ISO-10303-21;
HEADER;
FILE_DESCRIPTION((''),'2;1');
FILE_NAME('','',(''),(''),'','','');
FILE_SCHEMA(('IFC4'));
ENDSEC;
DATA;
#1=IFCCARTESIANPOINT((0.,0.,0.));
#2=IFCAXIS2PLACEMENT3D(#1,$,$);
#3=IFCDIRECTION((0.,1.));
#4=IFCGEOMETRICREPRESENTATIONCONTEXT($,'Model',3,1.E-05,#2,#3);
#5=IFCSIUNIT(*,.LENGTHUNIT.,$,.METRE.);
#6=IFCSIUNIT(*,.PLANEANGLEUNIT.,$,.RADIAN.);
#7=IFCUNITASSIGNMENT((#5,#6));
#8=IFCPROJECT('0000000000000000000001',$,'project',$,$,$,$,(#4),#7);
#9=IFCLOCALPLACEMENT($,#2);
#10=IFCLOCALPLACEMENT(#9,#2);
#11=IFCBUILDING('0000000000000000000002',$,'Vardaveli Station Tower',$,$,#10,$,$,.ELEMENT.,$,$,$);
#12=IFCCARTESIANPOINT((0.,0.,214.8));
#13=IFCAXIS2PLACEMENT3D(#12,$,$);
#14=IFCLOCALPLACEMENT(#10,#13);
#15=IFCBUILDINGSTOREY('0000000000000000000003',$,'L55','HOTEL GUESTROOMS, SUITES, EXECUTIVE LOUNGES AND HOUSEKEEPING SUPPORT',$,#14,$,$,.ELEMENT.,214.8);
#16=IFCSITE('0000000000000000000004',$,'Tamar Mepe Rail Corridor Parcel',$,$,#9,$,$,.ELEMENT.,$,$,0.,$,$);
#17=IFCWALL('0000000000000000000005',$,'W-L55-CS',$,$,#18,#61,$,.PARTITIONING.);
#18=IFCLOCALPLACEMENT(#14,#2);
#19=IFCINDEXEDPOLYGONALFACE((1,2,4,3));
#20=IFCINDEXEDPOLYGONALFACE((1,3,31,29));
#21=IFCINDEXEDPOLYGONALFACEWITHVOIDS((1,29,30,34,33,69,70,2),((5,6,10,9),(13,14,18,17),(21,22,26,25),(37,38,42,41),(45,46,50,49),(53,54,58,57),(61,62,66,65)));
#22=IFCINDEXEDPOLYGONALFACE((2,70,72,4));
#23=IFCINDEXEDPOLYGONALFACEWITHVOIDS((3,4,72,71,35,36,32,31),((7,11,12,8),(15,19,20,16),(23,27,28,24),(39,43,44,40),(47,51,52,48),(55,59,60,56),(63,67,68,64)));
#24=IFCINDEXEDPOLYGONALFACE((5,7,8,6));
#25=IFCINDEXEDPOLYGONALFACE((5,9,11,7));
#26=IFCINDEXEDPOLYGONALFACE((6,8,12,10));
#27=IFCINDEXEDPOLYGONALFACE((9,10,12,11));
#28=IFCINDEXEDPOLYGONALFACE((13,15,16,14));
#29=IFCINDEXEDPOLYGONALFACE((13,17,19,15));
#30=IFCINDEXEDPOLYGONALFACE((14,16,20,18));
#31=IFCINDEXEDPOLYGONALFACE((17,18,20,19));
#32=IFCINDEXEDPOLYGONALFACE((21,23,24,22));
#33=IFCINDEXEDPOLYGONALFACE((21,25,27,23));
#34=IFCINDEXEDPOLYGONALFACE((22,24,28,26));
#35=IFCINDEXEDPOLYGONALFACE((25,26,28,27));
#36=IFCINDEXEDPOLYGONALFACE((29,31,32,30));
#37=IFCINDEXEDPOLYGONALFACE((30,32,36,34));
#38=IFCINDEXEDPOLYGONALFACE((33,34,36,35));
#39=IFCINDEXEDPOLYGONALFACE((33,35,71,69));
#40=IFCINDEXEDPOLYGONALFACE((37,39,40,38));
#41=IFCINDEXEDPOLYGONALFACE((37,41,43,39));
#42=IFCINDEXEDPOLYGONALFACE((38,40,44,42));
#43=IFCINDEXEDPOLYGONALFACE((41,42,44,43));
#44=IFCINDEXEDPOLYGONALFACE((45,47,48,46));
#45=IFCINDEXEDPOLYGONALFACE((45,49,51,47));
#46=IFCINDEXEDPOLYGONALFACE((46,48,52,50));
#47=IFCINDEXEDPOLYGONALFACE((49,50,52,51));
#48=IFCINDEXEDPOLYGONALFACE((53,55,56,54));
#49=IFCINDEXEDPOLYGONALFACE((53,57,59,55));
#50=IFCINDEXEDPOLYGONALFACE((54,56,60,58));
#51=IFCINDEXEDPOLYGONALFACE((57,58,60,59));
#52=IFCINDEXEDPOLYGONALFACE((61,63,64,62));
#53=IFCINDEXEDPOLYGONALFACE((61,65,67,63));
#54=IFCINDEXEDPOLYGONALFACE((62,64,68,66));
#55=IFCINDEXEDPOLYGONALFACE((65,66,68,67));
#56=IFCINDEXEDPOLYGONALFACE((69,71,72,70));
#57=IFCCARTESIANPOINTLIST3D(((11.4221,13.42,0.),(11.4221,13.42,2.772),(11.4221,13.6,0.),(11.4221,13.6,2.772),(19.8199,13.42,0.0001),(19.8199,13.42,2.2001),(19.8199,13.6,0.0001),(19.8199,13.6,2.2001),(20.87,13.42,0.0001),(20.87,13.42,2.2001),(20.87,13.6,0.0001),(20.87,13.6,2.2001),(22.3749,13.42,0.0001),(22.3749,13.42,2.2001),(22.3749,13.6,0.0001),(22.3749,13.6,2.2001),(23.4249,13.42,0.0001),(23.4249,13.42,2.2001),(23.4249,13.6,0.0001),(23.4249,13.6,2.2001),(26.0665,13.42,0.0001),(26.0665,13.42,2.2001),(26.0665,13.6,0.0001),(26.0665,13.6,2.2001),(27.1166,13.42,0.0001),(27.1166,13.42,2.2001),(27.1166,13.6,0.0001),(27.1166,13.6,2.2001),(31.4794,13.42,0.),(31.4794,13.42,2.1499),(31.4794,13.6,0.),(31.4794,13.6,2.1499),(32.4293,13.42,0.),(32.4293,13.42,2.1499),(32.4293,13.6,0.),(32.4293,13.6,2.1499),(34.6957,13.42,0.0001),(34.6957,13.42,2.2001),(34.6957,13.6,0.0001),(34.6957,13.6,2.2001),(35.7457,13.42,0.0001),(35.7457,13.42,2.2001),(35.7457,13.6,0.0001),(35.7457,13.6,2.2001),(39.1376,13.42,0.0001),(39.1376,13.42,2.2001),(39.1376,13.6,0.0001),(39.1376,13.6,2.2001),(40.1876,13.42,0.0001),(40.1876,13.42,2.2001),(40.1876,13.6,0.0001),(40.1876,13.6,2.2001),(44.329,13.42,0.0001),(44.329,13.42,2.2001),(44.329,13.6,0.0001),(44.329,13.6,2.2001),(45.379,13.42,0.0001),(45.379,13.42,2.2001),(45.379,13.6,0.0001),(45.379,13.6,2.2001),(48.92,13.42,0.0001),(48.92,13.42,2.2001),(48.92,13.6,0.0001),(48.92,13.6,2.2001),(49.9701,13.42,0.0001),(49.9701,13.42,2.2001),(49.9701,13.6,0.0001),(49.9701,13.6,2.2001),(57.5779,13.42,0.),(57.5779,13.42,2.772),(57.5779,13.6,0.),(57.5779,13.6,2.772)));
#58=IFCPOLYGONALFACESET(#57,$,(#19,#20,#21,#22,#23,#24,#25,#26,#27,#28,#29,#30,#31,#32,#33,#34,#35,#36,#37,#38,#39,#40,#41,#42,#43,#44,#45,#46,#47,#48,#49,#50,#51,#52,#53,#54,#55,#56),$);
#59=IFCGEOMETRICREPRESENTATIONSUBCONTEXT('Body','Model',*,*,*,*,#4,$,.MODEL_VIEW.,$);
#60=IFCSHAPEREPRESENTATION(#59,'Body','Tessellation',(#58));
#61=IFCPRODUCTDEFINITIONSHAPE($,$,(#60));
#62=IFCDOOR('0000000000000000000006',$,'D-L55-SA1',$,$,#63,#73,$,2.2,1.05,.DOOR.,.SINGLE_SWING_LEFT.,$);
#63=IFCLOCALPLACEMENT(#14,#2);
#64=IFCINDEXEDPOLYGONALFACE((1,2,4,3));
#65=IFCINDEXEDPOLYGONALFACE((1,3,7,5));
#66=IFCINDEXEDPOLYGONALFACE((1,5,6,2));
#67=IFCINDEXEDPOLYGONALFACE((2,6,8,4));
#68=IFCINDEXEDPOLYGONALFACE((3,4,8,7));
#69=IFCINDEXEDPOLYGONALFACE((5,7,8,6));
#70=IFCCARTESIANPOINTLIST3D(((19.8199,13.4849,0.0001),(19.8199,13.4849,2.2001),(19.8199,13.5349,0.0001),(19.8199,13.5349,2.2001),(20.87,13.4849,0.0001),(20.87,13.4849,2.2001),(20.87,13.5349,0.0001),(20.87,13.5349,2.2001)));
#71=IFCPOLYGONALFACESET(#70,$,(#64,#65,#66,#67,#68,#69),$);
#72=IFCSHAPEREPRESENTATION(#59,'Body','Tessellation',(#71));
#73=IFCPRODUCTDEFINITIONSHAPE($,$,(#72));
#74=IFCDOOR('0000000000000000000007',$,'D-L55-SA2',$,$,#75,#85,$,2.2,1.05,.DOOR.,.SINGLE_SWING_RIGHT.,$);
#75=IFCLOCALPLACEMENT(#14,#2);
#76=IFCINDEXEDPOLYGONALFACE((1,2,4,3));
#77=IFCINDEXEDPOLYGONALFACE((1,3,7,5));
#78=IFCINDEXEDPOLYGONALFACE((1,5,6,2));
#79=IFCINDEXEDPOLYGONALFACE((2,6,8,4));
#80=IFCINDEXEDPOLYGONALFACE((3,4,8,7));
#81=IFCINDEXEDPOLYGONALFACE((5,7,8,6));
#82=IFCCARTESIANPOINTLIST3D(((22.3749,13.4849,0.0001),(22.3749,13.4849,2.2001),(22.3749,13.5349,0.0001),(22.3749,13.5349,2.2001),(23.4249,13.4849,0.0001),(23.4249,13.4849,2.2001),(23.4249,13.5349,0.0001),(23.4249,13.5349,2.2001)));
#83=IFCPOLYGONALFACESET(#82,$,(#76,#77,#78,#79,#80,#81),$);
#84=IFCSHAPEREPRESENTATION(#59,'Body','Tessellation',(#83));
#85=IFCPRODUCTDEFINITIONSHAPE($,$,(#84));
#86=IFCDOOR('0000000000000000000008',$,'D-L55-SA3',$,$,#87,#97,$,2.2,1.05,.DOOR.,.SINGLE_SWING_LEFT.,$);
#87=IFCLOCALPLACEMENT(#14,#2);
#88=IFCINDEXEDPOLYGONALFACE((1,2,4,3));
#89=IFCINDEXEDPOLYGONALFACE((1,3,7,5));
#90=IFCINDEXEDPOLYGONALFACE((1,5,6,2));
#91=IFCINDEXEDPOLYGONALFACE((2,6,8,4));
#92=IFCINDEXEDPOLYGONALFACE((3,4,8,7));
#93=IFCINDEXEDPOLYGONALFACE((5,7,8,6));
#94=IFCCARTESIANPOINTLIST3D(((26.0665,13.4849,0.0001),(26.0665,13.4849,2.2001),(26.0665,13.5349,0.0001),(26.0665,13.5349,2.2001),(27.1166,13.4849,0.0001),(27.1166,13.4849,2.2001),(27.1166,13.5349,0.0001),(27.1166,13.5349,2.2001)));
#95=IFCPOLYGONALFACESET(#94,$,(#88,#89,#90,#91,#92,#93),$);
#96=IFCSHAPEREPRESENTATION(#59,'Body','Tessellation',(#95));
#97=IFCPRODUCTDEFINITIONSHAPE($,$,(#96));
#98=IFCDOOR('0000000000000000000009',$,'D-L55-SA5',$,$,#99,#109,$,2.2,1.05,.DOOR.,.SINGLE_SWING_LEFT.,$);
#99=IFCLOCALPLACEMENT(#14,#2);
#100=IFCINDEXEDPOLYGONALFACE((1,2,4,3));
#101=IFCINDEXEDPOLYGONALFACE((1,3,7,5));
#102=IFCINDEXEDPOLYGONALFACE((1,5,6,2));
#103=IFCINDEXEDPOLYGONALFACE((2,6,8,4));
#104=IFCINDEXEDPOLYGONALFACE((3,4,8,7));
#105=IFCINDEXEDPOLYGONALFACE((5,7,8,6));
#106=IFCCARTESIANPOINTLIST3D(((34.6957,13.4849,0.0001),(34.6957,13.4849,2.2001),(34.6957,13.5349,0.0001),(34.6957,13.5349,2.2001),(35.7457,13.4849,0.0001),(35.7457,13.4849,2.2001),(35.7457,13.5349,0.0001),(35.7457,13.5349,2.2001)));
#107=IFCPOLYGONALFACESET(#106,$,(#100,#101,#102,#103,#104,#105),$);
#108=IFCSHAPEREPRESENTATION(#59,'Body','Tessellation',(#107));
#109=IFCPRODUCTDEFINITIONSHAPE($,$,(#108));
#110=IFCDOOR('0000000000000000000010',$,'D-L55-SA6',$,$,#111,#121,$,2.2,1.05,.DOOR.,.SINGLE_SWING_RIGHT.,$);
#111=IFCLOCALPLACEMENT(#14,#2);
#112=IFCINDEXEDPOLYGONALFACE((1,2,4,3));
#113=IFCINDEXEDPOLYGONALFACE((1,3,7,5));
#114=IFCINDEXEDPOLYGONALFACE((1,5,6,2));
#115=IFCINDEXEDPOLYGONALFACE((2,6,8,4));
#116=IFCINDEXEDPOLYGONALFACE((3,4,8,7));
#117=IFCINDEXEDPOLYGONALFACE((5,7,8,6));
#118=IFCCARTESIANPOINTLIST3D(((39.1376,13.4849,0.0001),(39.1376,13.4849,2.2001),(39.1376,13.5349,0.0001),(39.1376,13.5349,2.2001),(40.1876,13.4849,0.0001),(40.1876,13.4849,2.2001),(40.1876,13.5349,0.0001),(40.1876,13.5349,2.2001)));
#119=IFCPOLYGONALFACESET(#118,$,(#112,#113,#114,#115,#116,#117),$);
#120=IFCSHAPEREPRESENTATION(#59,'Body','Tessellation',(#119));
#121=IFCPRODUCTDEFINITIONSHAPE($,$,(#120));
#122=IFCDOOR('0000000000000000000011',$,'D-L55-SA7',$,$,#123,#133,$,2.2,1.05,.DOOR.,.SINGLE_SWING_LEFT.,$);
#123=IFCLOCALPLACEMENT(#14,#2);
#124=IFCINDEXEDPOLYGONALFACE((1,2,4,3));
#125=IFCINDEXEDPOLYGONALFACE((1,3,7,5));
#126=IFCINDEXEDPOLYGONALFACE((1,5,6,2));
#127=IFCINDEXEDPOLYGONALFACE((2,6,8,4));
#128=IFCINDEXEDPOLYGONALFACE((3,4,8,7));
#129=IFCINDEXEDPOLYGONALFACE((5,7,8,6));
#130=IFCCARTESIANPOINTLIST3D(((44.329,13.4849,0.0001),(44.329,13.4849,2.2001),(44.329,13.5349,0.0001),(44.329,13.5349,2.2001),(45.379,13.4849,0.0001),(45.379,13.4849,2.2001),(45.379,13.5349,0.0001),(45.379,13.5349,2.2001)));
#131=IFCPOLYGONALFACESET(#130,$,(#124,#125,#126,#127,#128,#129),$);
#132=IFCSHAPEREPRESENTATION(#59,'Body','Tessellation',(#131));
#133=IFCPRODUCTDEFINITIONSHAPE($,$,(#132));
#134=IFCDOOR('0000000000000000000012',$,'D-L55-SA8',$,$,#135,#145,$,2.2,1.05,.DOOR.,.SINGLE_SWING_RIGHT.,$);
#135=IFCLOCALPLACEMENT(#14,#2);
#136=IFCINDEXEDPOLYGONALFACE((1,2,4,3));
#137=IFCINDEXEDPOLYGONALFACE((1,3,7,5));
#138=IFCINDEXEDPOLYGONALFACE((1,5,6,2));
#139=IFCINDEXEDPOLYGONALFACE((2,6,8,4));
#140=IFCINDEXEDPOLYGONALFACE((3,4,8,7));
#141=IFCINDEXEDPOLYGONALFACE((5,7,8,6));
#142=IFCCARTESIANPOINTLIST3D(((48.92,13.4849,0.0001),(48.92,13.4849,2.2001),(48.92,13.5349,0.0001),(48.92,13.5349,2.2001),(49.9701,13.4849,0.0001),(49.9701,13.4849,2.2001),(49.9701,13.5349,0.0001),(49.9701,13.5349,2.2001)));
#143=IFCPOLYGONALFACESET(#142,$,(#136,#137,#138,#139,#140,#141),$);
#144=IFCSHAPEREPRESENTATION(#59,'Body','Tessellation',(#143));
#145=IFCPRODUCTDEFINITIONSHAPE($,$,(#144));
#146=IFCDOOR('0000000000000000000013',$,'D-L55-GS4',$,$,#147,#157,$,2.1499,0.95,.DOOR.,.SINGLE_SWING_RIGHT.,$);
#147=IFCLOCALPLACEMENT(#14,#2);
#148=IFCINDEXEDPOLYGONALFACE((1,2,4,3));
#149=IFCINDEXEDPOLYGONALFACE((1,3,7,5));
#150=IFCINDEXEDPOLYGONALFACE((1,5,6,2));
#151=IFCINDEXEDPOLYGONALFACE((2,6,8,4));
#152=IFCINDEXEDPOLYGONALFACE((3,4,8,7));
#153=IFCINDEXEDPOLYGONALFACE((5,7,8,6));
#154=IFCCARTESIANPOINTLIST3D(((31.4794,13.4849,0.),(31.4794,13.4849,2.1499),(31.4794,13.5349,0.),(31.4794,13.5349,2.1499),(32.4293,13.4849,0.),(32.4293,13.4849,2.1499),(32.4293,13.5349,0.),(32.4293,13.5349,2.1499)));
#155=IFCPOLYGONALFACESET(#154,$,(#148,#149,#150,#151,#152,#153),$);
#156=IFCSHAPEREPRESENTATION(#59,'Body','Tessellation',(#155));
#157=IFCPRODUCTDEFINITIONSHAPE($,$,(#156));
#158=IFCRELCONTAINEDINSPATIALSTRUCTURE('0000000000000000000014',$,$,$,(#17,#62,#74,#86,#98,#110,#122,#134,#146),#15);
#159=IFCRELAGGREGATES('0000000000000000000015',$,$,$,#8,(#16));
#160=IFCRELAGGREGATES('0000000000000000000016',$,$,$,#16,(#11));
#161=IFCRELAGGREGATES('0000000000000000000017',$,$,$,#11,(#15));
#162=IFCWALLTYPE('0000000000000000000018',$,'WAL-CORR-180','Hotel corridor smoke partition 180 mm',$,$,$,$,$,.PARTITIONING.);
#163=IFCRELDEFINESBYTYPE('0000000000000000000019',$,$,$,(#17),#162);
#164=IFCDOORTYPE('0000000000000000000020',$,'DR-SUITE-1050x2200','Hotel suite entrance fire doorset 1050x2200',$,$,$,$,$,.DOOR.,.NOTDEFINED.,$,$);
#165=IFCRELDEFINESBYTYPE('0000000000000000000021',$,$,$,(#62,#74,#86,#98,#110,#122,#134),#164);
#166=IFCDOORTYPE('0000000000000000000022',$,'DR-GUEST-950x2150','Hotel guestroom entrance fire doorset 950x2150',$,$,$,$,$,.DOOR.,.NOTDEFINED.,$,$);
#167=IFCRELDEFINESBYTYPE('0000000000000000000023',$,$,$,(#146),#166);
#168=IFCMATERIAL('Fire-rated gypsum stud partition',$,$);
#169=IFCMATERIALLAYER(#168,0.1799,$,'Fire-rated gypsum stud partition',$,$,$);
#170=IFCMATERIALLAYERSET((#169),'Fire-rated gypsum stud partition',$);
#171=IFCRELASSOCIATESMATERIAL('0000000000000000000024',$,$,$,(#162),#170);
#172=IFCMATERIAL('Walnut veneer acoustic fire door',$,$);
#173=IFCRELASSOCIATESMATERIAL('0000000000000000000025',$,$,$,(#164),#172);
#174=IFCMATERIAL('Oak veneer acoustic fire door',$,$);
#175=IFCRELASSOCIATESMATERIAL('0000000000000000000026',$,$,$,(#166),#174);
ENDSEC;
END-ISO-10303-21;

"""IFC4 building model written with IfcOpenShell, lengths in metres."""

from ifc_helpers import new_model, si_unit, direction, frame, frame_2d, origin, place, context, subcontext, project, spatial, rectangle, extrude, source, transform, mapped, material, layer, layer_set, type_object, element, fill, save


model = new_model("IFC4")

# Units and contexts
model_context = context("Model", 3, precision=1e-05, world=origin(), true_north=direction((0.0, 1.0)))
body_context = subcontext(model_context, "Body", "Model", "MODEL_VIEW")
ifc_project = project(units=[si_unit("LENGTHUNIT", "METRE"), si_unit("PLANEANGLEUNIT", "RADIAN")], contexts=[model_context])

# Site, building, storey
site_placement = place(None, origin())
site = spatial("IfcSite", under=ifc_project, at=site_placement, Name="Tamar Mepe Rail Corridor Parcel", CompositionType="ELEMENT", RefElevation=0.0)
building_placement = place(site_placement, origin())
building = spatial("IfcBuilding", under=site, at=building_placement, Name="Vardaveli Station Tower", CompositionType="ELEMENT")
storey_placement = place(building_placement, frame((0.0, 0.0, 214.8)))
storey = spatial("IfcBuildingStorey", under=building, at=storey_placement, Name="L55", Description="HOTEL GUESTROOMS, SUITES, EXECUTIVE LOUNGES AND HOUSEKEEPING SUPPORT", CompositionType="ELEMENT", Elevation=214.8)

# Wall, openings, doors
ifc_material_1 = material(Name="Fire-rated gypsum stud partition")
ifc_layer_1 = layer(ifc_material_1, 0.1799, Name="Fire-rated gypsum stud partition")
ifc_layer_set_1 = layer_set([ifc_layer_1], Name="Fire-rated gypsum stud partition")
wall_type_1 = type_object("IfcWallType", Name="WAL-CORR-180", Description="Hotel corridor smoke partition 180 mm", PredefinedType="PARTITIONING", material=ifc_layer_set_1)
shared_shape_1 = source(origin(), body_context, "Body", "SweptSolid", [
    extrude(rectangle(XDim=46.1558, YDim=0.1799, at=frame_2d((23.0779, 0.0))), origin(), (0.0, 0.0, 1.0), 2.772),
])
wall_1_placement = place(storey_placement, frame((11.4221, 13.51, 0.0), z_axis=(0.0, 0.0, 1.0), x_axis=(1.0, 0.0, 0.0)))
wall_1 = element("IfcWall", 1, at=wall_1_placement, inside=storey, type_object=wall_type_1, Name="W-L55-CS", PredefinedType="PARTITIONING", context=body_context, shape_type="MappedRepresentation", body=[
    mapped(shared_shape_1, transform((0.0, 0.0, 0.0), scale=1.0)),
])
shared_shape_2 = source(origin(), body_context, "Body", "SweptSolid", [
    extrude(rectangle(XDim=1.05, YDim=2.2, at=frame_2d((0.5249, 1.1001))), frame((0.0, 0.1001, 0.0), z_axis=(0.0, -1.0, 0.0), x_axis=(1.0, 0.0, 0.0)), (0.0, 0.0, 1.0), 0.2),
])
opening_1_placement = place(wall_1_placement, frame((8.3979, 0.0, 0.0)))
opening_1 = element("IfcOpeningElement", 2, at=opening_1_placement, cuts=wall_1, PredefinedType="OPENING", context=body_context, shape_type="MappedRepresentation", body=[
    mapped(shared_shape_2, transform((0.0, 0.0, 0.0), scale=1.0)),
])
opening_2_placement = place(wall_1_placement, frame((10.9529, 0.0, 0.0)))
opening_2 = element("IfcOpeningElement", 3, at=opening_2_placement, cuts=wall_1, PredefinedType="OPENING", context=body_context, shape_type="MappedRepresentation", body=[
    mapped(shared_shape_2, transform((0.0, 0.0, 0.0), scale=1.0)),
])
opening_3_placement = place(wall_1_placement, frame((14.6445, 0.0, 0.0)))
opening_3 = element("IfcOpeningElement", 4, at=opening_3_placement, cuts=wall_1, PredefinedType="OPENING", context=body_context, shape_type="MappedRepresentation", body=[
    mapped(shared_shape_2, transform((0.0, 0.0, 0.0), scale=1.0)),
])
shared_shape_3 = source(origin(), body_context, "Body", "SweptSolid", [
    extrude(rectangle(XDim=0.95, YDim=2.1499, at=frame_2d((0.4751, 1.075))), frame((0.0, 0.1001, 0.0), z_axis=(0.0, -1.0, 0.0), x_axis=(1.0, 0.0, 0.0)), (0.0, 0.0, 1.0), 0.2),
])
opening_4_placement = place(wall_1_placement, frame((20.0571, 0.0, 0.0)))
opening_4 = element("IfcOpeningElement", 5, at=opening_4_placement, cuts=wall_1, PredefinedType="OPENING", context=body_context, shape_type="MappedRepresentation", body=[
    mapped(shared_shape_3, transform((0.0, 0.0, 0.0), scale=1.0)),
])
opening_5_placement = place(wall_1_placement, frame((23.2737, 0.0, 0.0)))
opening_5 = element("IfcOpeningElement", 6, at=opening_5_placement, cuts=wall_1, PredefinedType="OPENING", context=body_context, shape_type="MappedRepresentation", body=[
    mapped(shared_shape_2, transform((0.0, 0.0, 0.0), scale=1.0)),
])
opening_6_placement = place(wall_1_placement, frame((27.7156, 0.0, 0.0)))
opening_6 = element("IfcOpeningElement", 7, at=opening_6_placement, cuts=wall_1, PredefinedType="OPENING", context=body_context, shape_type="MappedRepresentation", body=[
    mapped(shared_shape_2, transform((0.0, 0.0, 0.0), scale=1.0)),
])
opening_7_placement = place(wall_1_placement, frame((32.907, 0.0, 0.0)))
opening_7 = element("IfcOpeningElement", 8, at=opening_7_placement, cuts=wall_1, PredefinedType="OPENING", context=body_context, shape_type="MappedRepresentation", body=[
    mapped(shared_shape_2, transform((0.0, 0.0, 0.0), scale=1.0)),
])
opening_8_placement = place(wall_1_placement, frame((37.498, 0.0, 0.0)))
opening_8 = element("IfcOpeningElement", 9, at=opening_8_placement, cuts=wall_1, PredefinedType="OPENING", context=body_context, shape_type="MappedRepresentation", body=[
    mapped(shared_shape_2, transform((0.0, 0.0, 0.0), scale=1.0)),
])
ifc_material_2 = material(Name="Walnut veneer acoustic fire door")
door_type_1 = type_object("IfcDoorType", Name="DR-SUITE-1050x2200", Description="Hotel suite entrance fire doorset 1050x2200", OperationType="NOTDEFINED", PredefinedType="DOOR", material=ifc_material_2)
shared_shape_4 = source(origin(), body_context, "Body", "SweptSolid", [
    extrude(rectangle(XDim=1.05, YDim=2.2, at=frame_2d((0.5249, 1.1001))), frame((0.0, 0.0249, 0.0), z_axis=(0.0, -1.0, 0.0), x_axis=(1.0, 0.0, 0.0)), (0.0, 0.0, 1.0), 0.05),
])
door_1_placement = place(opening_1_placement, origin())
door_1 = element("IfcDoor", 10, at=door_1_placement, inside=storey, type_object=door_type_1, Name="D-L55-SA1", OperationType="SINGLE_SWING_LEFT", OverallHeight=2.2, OverallWidth=1.05, PredefinedType="DOOR", context=body_context, shape_type="MappedRepresentation", body=[
    mapped(shared_shape_4, transform((0.0, 0.0, 0.0), scale=1.0)),
])
fill(opening_1, door_1)
door_2_placement = place(opening_2_placement, origin())
door_2 = element("IfcDoor", 11, at=door_2_placement, inside=storey, type_object=door_type_1, Name="D-L55-SA2", OperationType="SINGLE_SWING_RIGHT", OverallHeight=2.2, OverallWidth=1.05, PredefinedType="DOOR", context=body_context, shape_type="MappedRepresentation", body=[
    mapped(shared_shape_4, transform((0.0, 0.0, 0.0), scale=1.0)),
])
fill(opening_2, door_2)
door_3_placement = place(opening_3_placement, origin())
door_3 = element("IfcDoor", 12, at=door_3_placement, inside=storey, type_object=door_type_1, Name="D-L55-SA3", OperationType="SINGLE_SWING_LEFT", OverallHeight=2.2, OverallWidth=1.05, PredefinedType="DOOR", context=body_context, shape_type="MappedRepresentation", body=[
    mapped(shared_shape_4, transform((0.0, 0.0, 0.0), scale=1.0)),
])
fill(opening_3, door_3)
door_4_placement = place(opening_5_placement, origin())
door_4 = element("IfcDoor", 13, at=door_4_placement, inside=storey, type_object=door_type_1, Name="D-L55-SA5", OperationType="SINGLE_SWING_LEFT", OverallHeight=2.2, OverallWidth=1.05, PredefinedType="DOOR", context=body_context, shape_type="MappedRepresentation", body=[
    mapped(shared_shape_4, transform((0.0, 0.0, 0.0), scale=1.0)),
])
fill(opening_5, door_4)
door_5_placement = place(opening_6_placement, origin())
door_5 = element("IfcDoor", 14, at=door_5_placement, inside=storey, type_object=door_type_1, Name="D-L55-SA6", OperationType="SINGLE_SWING_RIGHT", OverallHeight=2.2, OverallWidth=1.05, PredefinedType="DOOR", context=body_context, shape_type="MappedRepresentation", body=[
    mapped(shared_shape_4, transform((0.0, 0.0, 0.0), scale=1.0)),
])
fill(opening_6, door_5)
door_6_placement = place(opening_7_placement, origin())
door_6 = element("IfcDoor", 15, at=door_6_placement, inside=storey, type_object=door_type_1, Name="D-L55-SA7", OperationType="SINGLE_SWING_LEFT", OverallHeight=2.2, OverallWidth=1.05, PredefinedType="DOOR", context=body_context, shape_type="MappedRepresentation", body=[
    mapped(shared_shape_4, transform((0.0, 0.0, 0.0), scale=1.0)),
])
fill(opening_7, door_6)
door_7_placement = place(opening_8_placement, origin())
door_7 = element("IfcDoor", 16, at=door_7_placement, inside=storey, type_object=door_type_1, Name="D-L55-SA8", OperationType="SINGLE_SWING_RIGHT", OverallHeight=2.2, OverallWidth=1.05, PredefinedType="DOOR", context=body_context, shape_type="MappedRepresentation", body=[
    mapped(shared_shape_4, transform((0.0, 0.0, 0.0), scale=1.0)),
])
fill(opening_8, door_7)
ifc_material_3 = material(Name="Oak veneer acoustic fire door")
door_type_2 = type_object("IfcDoorType", Name="DR-GUEST-950x2150", Description="Hotel guestroom entrance fire doorset 950x2150", OperationType="NOTDEFINED", PredefinedType="DOOR", material=ifc_material_3)
shared_shape_5 = source(origin(), body_context, "Body", "SweptSolid", [
    extrude(rectangle(XDim=0.95, YDim=2.1499, at=frame_2d((0.4751, 1.075))), frame((0.0, 0.0249, 0.0), z_axis=(0.0, -1.0, 0.0), x_axis=(1.0, 0.0, 0.0)), (0.0, 0.0, 1.0), 0.05),
])
door_8_placement = place(opening_4_placement, origin())
door_8 = element("IfcDoor", 17, at=door_8_placement, inside=storey, type_object=door_type_2, Name="D-L55-GS4", OperationType="SINGLE_SWING_RIGHT", OverallHeight=2.1499, OverallWidth=0.95, PredefinedType="DOOR", context=body_context, shape_type="MappedRepresentation", body=[
    mapped(shared_shape_5, transform((0.0, 0.0, 0.0), scale=1.0)),
])
fill(opening_4, door_8)

save(model, "model.ifc")
